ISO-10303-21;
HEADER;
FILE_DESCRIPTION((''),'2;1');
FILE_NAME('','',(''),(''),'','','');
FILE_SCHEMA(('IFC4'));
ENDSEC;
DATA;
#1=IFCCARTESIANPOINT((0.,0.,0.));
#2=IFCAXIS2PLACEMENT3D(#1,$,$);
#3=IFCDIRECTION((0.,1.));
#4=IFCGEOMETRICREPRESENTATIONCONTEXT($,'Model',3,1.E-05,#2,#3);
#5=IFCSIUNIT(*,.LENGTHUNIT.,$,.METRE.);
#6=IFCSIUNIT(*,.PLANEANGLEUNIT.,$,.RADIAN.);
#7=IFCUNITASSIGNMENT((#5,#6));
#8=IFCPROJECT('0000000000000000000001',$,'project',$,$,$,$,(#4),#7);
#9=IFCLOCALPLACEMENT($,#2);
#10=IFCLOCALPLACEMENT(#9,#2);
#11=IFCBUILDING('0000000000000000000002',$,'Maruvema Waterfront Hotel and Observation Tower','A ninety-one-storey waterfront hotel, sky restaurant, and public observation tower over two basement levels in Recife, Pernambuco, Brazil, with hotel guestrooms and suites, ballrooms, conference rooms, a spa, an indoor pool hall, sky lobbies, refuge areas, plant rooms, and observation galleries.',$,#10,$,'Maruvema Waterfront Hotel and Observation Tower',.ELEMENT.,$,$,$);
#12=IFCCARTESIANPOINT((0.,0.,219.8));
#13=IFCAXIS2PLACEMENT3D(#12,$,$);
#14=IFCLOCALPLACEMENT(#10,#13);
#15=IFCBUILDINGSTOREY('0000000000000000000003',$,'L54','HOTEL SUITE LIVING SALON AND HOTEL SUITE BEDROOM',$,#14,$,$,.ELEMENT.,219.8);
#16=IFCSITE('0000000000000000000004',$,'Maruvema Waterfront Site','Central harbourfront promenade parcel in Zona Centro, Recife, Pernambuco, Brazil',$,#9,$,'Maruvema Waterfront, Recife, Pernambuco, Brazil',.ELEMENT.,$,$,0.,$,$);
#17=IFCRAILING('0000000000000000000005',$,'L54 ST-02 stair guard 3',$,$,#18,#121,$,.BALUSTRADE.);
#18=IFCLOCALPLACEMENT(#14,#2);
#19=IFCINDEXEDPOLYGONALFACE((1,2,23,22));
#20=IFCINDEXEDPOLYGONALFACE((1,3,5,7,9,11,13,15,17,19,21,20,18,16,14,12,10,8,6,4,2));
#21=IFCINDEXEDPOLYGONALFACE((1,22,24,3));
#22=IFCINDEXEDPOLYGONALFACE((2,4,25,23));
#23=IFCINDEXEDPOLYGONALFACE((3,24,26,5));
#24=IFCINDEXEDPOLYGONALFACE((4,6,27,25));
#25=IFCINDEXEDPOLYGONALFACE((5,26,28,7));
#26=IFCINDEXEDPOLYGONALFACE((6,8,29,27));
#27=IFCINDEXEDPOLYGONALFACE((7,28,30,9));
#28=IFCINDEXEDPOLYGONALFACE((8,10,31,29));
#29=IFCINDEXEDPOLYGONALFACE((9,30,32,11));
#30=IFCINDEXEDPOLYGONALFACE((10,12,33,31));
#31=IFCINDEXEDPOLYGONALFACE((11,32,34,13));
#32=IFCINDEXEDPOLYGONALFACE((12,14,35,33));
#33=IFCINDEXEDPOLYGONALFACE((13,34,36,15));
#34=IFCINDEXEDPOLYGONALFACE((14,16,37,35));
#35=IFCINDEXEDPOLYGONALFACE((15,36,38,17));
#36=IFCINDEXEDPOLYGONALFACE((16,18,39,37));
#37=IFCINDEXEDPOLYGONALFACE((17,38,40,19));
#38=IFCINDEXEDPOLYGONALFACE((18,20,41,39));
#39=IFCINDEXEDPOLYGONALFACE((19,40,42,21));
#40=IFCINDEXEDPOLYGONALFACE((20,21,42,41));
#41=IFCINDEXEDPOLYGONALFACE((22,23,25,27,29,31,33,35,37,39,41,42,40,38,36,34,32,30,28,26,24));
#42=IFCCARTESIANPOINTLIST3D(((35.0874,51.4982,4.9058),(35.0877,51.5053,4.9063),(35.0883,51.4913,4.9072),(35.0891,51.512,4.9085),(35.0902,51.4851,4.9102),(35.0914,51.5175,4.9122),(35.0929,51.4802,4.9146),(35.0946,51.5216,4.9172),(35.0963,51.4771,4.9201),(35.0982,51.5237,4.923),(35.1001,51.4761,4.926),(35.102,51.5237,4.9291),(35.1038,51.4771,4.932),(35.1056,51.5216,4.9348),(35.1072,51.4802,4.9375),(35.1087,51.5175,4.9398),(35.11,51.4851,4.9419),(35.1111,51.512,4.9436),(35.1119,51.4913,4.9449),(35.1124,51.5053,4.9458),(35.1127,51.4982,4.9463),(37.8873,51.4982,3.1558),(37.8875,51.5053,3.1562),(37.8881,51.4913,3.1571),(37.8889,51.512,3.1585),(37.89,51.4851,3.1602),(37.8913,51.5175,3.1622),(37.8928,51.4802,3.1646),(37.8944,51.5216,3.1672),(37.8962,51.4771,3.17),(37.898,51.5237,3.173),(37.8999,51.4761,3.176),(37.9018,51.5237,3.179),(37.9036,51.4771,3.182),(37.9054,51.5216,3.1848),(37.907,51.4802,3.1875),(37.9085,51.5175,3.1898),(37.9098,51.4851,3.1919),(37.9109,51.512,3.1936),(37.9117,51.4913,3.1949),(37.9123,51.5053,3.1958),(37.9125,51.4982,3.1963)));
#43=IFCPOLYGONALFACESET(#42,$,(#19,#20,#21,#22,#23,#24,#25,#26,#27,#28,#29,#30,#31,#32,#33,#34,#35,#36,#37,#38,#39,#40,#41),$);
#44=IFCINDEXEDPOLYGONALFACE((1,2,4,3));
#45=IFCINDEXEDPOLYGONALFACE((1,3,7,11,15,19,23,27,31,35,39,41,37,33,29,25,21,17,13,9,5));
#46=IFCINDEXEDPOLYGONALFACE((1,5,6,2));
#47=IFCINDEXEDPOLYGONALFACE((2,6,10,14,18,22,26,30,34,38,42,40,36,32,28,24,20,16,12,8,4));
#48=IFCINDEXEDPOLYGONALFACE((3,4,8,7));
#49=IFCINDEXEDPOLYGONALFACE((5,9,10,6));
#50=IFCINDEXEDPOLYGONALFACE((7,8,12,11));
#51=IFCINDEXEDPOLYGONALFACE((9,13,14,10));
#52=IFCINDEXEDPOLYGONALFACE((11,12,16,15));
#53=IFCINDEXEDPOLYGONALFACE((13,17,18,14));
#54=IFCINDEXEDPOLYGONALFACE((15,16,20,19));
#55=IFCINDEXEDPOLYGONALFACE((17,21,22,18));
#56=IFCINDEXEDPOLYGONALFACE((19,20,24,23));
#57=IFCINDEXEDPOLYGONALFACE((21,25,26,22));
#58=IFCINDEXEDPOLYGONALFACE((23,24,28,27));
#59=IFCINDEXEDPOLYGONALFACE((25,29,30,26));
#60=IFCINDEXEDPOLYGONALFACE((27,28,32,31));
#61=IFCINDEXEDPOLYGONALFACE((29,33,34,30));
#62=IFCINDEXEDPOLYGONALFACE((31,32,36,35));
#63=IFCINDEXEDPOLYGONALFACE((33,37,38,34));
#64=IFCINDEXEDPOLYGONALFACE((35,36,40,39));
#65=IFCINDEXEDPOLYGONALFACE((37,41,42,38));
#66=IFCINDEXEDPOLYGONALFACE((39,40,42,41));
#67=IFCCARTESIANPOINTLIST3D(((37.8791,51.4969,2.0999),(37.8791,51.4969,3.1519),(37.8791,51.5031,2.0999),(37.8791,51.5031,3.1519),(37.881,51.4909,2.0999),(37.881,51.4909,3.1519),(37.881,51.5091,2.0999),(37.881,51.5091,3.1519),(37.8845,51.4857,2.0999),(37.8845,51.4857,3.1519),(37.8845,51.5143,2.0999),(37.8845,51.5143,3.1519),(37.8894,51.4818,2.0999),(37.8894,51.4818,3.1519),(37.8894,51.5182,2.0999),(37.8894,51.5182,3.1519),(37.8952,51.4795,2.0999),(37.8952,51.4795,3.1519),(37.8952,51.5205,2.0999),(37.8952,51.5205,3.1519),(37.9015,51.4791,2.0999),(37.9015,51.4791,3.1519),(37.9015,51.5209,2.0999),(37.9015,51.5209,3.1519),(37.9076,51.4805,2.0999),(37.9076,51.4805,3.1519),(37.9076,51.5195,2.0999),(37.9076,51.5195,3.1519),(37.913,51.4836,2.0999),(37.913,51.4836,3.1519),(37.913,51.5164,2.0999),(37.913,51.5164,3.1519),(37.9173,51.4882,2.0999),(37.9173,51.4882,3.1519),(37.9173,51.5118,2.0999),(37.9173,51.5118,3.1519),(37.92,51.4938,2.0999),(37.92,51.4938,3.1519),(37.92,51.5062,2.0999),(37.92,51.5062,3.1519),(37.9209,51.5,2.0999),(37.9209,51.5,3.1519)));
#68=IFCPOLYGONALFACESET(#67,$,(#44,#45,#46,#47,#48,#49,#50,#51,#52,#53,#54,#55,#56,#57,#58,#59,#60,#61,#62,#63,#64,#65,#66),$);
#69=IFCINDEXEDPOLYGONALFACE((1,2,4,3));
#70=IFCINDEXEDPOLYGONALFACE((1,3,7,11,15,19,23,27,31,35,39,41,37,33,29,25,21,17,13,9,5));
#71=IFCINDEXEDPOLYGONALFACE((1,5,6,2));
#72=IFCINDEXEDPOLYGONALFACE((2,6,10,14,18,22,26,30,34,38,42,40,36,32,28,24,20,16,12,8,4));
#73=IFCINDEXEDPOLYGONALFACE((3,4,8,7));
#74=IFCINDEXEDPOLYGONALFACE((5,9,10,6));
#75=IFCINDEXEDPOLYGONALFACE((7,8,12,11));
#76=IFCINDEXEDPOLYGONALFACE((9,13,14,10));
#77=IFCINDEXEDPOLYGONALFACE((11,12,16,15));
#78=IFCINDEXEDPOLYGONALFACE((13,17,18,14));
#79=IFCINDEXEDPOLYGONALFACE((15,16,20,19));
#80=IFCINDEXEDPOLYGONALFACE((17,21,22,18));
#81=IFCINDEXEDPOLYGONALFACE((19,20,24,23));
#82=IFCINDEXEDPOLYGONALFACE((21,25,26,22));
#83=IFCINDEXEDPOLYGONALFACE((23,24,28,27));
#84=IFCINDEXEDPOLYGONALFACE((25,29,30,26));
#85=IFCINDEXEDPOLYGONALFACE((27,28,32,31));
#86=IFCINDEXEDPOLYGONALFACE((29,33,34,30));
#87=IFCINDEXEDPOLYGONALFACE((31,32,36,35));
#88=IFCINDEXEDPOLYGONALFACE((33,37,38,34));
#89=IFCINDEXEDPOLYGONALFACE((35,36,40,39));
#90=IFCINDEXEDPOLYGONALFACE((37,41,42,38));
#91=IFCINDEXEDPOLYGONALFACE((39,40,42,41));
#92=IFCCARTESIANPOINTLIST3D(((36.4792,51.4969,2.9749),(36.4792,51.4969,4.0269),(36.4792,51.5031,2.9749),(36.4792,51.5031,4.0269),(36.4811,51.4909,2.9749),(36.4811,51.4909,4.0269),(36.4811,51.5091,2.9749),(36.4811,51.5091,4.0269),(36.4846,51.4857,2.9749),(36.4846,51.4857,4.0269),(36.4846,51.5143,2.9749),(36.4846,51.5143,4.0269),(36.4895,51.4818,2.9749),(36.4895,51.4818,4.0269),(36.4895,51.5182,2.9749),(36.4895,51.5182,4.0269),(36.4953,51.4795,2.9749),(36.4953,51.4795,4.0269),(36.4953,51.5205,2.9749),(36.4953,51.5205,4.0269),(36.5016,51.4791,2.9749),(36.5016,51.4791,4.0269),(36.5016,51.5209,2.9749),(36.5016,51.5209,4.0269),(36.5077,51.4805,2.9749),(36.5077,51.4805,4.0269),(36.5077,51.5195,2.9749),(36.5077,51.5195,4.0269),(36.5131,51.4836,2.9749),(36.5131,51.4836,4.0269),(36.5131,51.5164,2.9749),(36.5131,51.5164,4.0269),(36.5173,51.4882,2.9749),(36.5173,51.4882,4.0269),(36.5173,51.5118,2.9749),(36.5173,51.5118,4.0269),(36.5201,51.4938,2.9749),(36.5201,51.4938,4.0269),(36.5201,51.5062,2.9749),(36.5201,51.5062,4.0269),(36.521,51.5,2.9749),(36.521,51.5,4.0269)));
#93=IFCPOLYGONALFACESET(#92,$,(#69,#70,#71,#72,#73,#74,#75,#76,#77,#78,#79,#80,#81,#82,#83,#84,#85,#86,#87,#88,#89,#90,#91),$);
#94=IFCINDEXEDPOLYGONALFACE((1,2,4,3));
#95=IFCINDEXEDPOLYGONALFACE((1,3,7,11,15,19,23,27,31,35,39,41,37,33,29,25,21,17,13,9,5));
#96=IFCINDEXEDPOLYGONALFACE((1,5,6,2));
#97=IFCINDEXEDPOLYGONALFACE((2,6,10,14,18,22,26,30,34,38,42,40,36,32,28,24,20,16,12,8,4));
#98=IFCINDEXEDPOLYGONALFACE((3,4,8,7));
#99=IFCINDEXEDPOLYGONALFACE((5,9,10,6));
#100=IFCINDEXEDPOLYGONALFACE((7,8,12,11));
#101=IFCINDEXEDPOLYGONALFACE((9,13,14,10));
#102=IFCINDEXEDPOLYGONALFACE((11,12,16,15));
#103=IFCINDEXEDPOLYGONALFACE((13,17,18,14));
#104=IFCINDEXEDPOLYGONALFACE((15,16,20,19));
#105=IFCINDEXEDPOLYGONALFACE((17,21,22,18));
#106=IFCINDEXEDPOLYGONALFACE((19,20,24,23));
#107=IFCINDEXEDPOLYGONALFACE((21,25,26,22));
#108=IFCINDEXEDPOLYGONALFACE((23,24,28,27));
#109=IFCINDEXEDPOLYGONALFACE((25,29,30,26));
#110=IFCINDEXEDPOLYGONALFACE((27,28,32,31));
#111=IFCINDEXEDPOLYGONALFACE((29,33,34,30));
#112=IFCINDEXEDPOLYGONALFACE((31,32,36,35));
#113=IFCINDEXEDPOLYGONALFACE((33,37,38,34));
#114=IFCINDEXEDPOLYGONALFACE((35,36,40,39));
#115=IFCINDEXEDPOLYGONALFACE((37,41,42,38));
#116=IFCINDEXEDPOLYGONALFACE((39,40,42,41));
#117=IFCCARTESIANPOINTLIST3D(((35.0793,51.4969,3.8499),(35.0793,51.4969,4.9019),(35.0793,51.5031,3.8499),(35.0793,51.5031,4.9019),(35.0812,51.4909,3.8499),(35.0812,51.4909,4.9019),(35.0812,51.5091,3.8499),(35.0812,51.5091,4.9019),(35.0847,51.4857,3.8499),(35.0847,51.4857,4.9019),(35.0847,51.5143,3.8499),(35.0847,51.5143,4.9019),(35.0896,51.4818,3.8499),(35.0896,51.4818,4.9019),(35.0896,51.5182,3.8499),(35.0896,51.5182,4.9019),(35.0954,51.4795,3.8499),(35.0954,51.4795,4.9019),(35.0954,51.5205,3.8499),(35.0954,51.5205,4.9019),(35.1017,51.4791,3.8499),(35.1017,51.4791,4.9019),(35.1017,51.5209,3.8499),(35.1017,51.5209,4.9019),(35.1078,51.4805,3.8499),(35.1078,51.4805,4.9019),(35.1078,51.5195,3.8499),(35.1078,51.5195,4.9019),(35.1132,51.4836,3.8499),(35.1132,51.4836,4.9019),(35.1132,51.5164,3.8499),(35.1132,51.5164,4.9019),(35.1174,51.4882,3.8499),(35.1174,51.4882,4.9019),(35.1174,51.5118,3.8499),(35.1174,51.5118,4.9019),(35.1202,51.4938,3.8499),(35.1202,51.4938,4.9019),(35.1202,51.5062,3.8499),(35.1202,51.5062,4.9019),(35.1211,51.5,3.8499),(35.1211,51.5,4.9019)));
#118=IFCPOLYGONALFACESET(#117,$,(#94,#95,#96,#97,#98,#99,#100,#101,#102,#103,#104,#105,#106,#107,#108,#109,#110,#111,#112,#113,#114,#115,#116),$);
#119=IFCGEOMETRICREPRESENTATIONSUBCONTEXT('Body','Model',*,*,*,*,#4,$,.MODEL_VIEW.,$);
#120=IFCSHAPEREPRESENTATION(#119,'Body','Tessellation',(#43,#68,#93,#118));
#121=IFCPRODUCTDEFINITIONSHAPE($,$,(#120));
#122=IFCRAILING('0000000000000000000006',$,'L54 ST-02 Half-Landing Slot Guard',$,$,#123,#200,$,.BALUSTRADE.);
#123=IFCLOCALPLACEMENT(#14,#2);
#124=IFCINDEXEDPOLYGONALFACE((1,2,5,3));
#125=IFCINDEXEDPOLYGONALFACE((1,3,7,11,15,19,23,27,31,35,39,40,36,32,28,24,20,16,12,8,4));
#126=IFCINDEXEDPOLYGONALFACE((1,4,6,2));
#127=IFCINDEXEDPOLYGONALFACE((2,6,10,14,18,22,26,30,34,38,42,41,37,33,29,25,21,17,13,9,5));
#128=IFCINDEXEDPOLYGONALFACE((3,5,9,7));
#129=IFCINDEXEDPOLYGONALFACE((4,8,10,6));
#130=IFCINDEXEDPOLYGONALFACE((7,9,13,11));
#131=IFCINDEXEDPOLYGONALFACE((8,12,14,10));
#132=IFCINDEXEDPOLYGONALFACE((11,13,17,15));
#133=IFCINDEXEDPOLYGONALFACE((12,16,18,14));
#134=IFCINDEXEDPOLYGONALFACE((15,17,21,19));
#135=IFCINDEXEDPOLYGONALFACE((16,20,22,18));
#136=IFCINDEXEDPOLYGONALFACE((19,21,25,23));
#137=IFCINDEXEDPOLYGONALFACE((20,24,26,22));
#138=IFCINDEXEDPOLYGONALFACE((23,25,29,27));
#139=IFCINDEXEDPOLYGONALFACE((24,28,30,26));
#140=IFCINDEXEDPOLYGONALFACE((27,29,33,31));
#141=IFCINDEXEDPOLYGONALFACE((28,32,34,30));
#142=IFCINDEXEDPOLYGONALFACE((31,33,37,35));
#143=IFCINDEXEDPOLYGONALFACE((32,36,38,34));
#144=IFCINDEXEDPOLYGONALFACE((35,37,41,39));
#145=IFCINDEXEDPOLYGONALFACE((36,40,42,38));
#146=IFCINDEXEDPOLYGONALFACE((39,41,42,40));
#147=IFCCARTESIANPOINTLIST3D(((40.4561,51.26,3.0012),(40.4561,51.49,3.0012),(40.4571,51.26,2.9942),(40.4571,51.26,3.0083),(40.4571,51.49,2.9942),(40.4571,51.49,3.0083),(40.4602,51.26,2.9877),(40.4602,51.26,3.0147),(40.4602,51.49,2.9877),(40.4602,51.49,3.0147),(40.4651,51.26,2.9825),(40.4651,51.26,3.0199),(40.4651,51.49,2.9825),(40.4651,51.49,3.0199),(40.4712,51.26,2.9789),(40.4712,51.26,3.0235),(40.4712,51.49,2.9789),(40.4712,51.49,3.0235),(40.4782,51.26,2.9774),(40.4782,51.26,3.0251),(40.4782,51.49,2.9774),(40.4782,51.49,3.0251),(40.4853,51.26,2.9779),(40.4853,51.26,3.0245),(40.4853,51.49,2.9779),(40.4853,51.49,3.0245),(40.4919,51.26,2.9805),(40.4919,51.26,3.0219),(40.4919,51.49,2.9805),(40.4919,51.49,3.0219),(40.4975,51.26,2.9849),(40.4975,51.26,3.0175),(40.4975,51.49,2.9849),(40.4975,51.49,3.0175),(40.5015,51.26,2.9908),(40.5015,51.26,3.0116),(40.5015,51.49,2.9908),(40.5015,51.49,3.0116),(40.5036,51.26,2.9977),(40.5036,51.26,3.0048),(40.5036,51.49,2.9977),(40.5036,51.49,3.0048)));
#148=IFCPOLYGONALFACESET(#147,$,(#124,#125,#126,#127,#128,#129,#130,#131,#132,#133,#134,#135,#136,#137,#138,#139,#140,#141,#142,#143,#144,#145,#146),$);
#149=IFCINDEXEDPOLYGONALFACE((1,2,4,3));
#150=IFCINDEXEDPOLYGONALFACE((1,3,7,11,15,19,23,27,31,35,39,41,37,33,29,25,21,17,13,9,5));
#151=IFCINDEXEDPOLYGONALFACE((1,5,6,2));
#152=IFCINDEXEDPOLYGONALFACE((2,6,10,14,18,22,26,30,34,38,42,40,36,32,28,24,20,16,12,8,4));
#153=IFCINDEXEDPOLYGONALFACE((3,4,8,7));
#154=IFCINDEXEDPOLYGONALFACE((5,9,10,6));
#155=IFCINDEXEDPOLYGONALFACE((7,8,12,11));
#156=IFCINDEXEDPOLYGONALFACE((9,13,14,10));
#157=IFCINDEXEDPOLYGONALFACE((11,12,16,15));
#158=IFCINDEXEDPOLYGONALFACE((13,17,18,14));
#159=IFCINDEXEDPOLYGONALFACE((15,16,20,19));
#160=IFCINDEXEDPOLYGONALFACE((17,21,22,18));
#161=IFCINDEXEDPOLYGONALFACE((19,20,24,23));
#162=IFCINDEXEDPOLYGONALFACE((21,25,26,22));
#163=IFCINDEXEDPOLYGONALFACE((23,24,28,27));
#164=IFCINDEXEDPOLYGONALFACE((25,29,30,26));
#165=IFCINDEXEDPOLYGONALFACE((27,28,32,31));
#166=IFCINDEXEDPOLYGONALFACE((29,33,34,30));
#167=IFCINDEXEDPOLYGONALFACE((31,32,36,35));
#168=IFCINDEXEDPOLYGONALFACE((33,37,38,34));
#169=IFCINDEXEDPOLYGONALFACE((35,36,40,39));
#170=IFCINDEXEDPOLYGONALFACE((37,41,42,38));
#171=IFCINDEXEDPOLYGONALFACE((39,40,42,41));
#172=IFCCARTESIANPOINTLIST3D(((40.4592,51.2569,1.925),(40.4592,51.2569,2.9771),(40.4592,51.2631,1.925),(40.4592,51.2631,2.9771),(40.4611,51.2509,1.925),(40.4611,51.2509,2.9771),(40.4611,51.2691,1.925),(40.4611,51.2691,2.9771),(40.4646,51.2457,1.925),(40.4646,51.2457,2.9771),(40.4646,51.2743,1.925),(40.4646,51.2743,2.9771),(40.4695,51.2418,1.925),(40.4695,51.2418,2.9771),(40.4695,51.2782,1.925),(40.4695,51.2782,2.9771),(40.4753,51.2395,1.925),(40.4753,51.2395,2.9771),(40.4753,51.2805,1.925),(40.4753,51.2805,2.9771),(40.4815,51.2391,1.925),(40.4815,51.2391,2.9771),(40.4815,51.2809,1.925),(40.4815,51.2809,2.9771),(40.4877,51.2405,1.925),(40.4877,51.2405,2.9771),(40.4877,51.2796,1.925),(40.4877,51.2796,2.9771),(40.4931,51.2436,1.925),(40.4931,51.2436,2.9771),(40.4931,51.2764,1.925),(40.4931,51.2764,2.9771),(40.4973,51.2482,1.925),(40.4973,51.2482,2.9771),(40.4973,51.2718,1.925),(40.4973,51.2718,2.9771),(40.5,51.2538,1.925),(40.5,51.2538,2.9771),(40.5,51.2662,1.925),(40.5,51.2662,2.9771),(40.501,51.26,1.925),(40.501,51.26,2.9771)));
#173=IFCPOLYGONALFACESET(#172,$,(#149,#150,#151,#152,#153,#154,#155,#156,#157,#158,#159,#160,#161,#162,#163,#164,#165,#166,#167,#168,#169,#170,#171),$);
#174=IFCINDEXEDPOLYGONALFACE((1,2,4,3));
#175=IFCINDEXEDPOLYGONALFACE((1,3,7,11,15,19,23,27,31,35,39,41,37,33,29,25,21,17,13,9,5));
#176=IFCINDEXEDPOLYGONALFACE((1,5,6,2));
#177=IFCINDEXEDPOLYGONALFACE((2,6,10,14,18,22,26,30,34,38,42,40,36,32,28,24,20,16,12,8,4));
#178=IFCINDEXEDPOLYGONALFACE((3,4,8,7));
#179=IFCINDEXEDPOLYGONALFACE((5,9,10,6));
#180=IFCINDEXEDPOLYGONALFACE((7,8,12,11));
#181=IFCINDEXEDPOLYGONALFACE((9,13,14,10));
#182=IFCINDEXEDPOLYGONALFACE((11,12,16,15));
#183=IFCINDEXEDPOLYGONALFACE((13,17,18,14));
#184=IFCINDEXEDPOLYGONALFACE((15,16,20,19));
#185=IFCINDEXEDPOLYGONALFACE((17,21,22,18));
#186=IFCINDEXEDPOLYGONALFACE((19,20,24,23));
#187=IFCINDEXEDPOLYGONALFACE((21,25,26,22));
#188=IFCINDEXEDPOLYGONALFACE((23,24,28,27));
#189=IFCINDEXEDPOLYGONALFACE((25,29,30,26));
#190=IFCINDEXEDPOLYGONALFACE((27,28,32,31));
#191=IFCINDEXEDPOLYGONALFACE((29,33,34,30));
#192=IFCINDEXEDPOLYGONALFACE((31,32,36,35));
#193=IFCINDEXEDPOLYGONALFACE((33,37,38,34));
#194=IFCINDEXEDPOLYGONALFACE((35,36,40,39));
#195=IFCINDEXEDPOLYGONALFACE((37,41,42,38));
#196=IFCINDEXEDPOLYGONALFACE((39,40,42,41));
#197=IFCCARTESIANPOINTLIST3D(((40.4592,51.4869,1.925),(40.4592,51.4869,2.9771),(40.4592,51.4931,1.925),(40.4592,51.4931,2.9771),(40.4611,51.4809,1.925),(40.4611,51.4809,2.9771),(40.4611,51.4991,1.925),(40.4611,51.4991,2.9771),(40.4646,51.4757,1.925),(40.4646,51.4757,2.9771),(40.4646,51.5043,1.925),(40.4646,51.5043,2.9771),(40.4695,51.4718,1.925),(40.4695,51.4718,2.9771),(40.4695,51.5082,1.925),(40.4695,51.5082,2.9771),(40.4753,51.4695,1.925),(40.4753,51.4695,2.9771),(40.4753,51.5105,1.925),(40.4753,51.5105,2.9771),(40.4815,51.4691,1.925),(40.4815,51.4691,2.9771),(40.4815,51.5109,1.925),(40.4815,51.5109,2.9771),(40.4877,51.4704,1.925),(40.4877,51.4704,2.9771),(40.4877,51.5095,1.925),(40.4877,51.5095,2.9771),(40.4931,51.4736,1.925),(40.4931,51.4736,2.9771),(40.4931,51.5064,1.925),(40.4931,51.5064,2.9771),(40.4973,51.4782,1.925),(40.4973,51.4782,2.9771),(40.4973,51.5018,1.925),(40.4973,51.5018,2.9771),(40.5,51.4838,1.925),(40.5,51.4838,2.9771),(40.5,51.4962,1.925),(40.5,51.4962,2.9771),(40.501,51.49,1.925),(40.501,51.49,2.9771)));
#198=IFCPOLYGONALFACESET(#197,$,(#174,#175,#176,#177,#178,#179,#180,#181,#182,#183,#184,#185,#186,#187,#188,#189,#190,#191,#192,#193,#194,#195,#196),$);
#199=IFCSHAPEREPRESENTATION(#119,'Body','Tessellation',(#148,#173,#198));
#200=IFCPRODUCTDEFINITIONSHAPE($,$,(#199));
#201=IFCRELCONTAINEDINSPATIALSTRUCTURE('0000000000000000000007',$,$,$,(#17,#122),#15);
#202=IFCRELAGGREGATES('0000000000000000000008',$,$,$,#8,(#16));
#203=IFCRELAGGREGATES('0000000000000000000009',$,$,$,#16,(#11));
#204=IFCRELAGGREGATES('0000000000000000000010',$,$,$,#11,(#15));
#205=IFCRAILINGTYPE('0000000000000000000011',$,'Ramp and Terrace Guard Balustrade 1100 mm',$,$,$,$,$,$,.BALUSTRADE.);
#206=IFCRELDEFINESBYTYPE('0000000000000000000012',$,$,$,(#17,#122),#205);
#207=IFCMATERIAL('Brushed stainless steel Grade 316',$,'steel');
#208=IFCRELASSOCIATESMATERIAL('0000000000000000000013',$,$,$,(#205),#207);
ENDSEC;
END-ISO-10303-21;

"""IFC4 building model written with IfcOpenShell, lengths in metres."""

from ifc_helpers import new_model, si_unit, direction, frame, origin, origin_2d, place, context, subcontext, project, spatial, circle, extrude, material, type_object, element, save


model = new_model("IFC4")

# Units and contexts
model_context = context("Model", 3, precision=1e-05, world=origin(), true_north=direction((0.0, 1.0)))
body_context = subcontext(model_context, "Body", "Model", "MODEL_VIEW")
ifc_project = project(units=[si_unit("LENGTHUNIT", "METRE"), si_unit("PLANEANGLEUNIT", "RADIAN")], contexts=[model_context])

# Site, building, storey
site_placement = place(None, origin())
site = spatial("IfcSite", under=ifc_project, at=site_placement, Name="Maruvema Waterfront Site", Description="Central harbourfront promenade parcel in Zona Centro, Recife, Pernambuco, Brazil", LongName="Maruvema Waterfront, Recife, Pernambuco, Brazil", CompositionType="ELEMENT", RefElevation=0.0)
building_placement = place(site_placement, origin())
building = spatial("IfcBuilding", under=site, at=building_placement, Name="Maruvema Waterfront Hotel and Observation Tower", Description="A ninety-one-storey waterfront hotel, sky restaurant, and public observation tower over two basement levels in Recife, Pernambuco, Brazil, with hotel guestrooms and suites, ballrooms, conference rooms, a spa, an indoor pool hall, sky lobbies, refuge areas, plant rooms, and observation galleries.", LongName="Maruvema Waterfront Hotel and Observation Tower", CompositionType="ELEMENT")
storey_placement = place(building_placement, frame((0.0, 0.0, 219.8)))
storey = spatial("IfcBuildingStorey", under=building, at=storey_placement, Name="L54", Description="HOTEL SUITE LIVING SALON AND HOTEL SUITE BEDROOM", CompositionType="ELEMENT", Elevation=219.8)

# Railings
ifc_material_1 = material(Name="Brushed stainless steel Grade 316", Category="steel")
railing_type_1 = type_object("IfcRailingType", Name="Ramp and Terrace Guard Balustrade 1100 mm", PredefinedType="BALUSTRADE", material=ifc_material_1)
railing_1_placement = place(storey_placement, frame((37.8999, 51.5, 2.0999)))
element("IfcRailing", 1, at=railing_1_placement, inside=storey, type_object=railing_type_1, Name="L54 ST-02 stair guard 3", PredefinedType="BALUSTRADE", context=body_context, shape_type="SweptSolid", body=[
    extrude(circle(Radius=0.0239, at=origin_2d()), frame((0.0, 0.0, 1.0762), z_axis=(-0.847982, 0.0, 0.530026), x_axis=(0.0, -1.0, 0.0)), (0.0, 0.0, 1.0), 3.3018),
    extrude(circle(Radius=0.021, at=origin_2d()), origin(), (0.0, 0.0, 1.0), 1.052),
    extrude(circle(Radius=0.021, at=origin_2d()), frame((-1.3999, 0.0, 0.875)), (0.0, 0.0, 1.0), 1.052),
    extrude(circle(Radius=0.021, at=origin_2d()), frame((-2.7998, 0.0, 1.75)), (0.0, 0.0, 1.0), 1.052),
])
railing_2_placement = place(storey_placement, frame((40.48, 51.26, 1.925)))
element("IfcRailing", 2, at=railing_2_placement, inside=storey, type_object=railing_type_1, Name="L54 ST-02 Half-Landing Slot Guard", PredefinedType="BALUSTRADE", context=body_context, shape_type="SweptSolid", body=[
    extrude(circle(Radius=0.0239, at=origin_2d()), frame((0.0, 0.0, 1.0762), z_axis=(0.0, 1.0, 0.0), x_axis=(-1.0, 0.0, 0.0)), (0.0, 0.0, 1.0), 0.23),
    extrude(circle(Radius=0.021, at=origin_2d()), origin(), (0.0, 0.0, 1.0), 1.052),
    extrude(circle(Radius=0.021, at=origin_2d()), frame((0.0, 0.23, 0.0)), (0.0, 0.0, 1.0), 1.052),
])

save(model, "model.ifc")
